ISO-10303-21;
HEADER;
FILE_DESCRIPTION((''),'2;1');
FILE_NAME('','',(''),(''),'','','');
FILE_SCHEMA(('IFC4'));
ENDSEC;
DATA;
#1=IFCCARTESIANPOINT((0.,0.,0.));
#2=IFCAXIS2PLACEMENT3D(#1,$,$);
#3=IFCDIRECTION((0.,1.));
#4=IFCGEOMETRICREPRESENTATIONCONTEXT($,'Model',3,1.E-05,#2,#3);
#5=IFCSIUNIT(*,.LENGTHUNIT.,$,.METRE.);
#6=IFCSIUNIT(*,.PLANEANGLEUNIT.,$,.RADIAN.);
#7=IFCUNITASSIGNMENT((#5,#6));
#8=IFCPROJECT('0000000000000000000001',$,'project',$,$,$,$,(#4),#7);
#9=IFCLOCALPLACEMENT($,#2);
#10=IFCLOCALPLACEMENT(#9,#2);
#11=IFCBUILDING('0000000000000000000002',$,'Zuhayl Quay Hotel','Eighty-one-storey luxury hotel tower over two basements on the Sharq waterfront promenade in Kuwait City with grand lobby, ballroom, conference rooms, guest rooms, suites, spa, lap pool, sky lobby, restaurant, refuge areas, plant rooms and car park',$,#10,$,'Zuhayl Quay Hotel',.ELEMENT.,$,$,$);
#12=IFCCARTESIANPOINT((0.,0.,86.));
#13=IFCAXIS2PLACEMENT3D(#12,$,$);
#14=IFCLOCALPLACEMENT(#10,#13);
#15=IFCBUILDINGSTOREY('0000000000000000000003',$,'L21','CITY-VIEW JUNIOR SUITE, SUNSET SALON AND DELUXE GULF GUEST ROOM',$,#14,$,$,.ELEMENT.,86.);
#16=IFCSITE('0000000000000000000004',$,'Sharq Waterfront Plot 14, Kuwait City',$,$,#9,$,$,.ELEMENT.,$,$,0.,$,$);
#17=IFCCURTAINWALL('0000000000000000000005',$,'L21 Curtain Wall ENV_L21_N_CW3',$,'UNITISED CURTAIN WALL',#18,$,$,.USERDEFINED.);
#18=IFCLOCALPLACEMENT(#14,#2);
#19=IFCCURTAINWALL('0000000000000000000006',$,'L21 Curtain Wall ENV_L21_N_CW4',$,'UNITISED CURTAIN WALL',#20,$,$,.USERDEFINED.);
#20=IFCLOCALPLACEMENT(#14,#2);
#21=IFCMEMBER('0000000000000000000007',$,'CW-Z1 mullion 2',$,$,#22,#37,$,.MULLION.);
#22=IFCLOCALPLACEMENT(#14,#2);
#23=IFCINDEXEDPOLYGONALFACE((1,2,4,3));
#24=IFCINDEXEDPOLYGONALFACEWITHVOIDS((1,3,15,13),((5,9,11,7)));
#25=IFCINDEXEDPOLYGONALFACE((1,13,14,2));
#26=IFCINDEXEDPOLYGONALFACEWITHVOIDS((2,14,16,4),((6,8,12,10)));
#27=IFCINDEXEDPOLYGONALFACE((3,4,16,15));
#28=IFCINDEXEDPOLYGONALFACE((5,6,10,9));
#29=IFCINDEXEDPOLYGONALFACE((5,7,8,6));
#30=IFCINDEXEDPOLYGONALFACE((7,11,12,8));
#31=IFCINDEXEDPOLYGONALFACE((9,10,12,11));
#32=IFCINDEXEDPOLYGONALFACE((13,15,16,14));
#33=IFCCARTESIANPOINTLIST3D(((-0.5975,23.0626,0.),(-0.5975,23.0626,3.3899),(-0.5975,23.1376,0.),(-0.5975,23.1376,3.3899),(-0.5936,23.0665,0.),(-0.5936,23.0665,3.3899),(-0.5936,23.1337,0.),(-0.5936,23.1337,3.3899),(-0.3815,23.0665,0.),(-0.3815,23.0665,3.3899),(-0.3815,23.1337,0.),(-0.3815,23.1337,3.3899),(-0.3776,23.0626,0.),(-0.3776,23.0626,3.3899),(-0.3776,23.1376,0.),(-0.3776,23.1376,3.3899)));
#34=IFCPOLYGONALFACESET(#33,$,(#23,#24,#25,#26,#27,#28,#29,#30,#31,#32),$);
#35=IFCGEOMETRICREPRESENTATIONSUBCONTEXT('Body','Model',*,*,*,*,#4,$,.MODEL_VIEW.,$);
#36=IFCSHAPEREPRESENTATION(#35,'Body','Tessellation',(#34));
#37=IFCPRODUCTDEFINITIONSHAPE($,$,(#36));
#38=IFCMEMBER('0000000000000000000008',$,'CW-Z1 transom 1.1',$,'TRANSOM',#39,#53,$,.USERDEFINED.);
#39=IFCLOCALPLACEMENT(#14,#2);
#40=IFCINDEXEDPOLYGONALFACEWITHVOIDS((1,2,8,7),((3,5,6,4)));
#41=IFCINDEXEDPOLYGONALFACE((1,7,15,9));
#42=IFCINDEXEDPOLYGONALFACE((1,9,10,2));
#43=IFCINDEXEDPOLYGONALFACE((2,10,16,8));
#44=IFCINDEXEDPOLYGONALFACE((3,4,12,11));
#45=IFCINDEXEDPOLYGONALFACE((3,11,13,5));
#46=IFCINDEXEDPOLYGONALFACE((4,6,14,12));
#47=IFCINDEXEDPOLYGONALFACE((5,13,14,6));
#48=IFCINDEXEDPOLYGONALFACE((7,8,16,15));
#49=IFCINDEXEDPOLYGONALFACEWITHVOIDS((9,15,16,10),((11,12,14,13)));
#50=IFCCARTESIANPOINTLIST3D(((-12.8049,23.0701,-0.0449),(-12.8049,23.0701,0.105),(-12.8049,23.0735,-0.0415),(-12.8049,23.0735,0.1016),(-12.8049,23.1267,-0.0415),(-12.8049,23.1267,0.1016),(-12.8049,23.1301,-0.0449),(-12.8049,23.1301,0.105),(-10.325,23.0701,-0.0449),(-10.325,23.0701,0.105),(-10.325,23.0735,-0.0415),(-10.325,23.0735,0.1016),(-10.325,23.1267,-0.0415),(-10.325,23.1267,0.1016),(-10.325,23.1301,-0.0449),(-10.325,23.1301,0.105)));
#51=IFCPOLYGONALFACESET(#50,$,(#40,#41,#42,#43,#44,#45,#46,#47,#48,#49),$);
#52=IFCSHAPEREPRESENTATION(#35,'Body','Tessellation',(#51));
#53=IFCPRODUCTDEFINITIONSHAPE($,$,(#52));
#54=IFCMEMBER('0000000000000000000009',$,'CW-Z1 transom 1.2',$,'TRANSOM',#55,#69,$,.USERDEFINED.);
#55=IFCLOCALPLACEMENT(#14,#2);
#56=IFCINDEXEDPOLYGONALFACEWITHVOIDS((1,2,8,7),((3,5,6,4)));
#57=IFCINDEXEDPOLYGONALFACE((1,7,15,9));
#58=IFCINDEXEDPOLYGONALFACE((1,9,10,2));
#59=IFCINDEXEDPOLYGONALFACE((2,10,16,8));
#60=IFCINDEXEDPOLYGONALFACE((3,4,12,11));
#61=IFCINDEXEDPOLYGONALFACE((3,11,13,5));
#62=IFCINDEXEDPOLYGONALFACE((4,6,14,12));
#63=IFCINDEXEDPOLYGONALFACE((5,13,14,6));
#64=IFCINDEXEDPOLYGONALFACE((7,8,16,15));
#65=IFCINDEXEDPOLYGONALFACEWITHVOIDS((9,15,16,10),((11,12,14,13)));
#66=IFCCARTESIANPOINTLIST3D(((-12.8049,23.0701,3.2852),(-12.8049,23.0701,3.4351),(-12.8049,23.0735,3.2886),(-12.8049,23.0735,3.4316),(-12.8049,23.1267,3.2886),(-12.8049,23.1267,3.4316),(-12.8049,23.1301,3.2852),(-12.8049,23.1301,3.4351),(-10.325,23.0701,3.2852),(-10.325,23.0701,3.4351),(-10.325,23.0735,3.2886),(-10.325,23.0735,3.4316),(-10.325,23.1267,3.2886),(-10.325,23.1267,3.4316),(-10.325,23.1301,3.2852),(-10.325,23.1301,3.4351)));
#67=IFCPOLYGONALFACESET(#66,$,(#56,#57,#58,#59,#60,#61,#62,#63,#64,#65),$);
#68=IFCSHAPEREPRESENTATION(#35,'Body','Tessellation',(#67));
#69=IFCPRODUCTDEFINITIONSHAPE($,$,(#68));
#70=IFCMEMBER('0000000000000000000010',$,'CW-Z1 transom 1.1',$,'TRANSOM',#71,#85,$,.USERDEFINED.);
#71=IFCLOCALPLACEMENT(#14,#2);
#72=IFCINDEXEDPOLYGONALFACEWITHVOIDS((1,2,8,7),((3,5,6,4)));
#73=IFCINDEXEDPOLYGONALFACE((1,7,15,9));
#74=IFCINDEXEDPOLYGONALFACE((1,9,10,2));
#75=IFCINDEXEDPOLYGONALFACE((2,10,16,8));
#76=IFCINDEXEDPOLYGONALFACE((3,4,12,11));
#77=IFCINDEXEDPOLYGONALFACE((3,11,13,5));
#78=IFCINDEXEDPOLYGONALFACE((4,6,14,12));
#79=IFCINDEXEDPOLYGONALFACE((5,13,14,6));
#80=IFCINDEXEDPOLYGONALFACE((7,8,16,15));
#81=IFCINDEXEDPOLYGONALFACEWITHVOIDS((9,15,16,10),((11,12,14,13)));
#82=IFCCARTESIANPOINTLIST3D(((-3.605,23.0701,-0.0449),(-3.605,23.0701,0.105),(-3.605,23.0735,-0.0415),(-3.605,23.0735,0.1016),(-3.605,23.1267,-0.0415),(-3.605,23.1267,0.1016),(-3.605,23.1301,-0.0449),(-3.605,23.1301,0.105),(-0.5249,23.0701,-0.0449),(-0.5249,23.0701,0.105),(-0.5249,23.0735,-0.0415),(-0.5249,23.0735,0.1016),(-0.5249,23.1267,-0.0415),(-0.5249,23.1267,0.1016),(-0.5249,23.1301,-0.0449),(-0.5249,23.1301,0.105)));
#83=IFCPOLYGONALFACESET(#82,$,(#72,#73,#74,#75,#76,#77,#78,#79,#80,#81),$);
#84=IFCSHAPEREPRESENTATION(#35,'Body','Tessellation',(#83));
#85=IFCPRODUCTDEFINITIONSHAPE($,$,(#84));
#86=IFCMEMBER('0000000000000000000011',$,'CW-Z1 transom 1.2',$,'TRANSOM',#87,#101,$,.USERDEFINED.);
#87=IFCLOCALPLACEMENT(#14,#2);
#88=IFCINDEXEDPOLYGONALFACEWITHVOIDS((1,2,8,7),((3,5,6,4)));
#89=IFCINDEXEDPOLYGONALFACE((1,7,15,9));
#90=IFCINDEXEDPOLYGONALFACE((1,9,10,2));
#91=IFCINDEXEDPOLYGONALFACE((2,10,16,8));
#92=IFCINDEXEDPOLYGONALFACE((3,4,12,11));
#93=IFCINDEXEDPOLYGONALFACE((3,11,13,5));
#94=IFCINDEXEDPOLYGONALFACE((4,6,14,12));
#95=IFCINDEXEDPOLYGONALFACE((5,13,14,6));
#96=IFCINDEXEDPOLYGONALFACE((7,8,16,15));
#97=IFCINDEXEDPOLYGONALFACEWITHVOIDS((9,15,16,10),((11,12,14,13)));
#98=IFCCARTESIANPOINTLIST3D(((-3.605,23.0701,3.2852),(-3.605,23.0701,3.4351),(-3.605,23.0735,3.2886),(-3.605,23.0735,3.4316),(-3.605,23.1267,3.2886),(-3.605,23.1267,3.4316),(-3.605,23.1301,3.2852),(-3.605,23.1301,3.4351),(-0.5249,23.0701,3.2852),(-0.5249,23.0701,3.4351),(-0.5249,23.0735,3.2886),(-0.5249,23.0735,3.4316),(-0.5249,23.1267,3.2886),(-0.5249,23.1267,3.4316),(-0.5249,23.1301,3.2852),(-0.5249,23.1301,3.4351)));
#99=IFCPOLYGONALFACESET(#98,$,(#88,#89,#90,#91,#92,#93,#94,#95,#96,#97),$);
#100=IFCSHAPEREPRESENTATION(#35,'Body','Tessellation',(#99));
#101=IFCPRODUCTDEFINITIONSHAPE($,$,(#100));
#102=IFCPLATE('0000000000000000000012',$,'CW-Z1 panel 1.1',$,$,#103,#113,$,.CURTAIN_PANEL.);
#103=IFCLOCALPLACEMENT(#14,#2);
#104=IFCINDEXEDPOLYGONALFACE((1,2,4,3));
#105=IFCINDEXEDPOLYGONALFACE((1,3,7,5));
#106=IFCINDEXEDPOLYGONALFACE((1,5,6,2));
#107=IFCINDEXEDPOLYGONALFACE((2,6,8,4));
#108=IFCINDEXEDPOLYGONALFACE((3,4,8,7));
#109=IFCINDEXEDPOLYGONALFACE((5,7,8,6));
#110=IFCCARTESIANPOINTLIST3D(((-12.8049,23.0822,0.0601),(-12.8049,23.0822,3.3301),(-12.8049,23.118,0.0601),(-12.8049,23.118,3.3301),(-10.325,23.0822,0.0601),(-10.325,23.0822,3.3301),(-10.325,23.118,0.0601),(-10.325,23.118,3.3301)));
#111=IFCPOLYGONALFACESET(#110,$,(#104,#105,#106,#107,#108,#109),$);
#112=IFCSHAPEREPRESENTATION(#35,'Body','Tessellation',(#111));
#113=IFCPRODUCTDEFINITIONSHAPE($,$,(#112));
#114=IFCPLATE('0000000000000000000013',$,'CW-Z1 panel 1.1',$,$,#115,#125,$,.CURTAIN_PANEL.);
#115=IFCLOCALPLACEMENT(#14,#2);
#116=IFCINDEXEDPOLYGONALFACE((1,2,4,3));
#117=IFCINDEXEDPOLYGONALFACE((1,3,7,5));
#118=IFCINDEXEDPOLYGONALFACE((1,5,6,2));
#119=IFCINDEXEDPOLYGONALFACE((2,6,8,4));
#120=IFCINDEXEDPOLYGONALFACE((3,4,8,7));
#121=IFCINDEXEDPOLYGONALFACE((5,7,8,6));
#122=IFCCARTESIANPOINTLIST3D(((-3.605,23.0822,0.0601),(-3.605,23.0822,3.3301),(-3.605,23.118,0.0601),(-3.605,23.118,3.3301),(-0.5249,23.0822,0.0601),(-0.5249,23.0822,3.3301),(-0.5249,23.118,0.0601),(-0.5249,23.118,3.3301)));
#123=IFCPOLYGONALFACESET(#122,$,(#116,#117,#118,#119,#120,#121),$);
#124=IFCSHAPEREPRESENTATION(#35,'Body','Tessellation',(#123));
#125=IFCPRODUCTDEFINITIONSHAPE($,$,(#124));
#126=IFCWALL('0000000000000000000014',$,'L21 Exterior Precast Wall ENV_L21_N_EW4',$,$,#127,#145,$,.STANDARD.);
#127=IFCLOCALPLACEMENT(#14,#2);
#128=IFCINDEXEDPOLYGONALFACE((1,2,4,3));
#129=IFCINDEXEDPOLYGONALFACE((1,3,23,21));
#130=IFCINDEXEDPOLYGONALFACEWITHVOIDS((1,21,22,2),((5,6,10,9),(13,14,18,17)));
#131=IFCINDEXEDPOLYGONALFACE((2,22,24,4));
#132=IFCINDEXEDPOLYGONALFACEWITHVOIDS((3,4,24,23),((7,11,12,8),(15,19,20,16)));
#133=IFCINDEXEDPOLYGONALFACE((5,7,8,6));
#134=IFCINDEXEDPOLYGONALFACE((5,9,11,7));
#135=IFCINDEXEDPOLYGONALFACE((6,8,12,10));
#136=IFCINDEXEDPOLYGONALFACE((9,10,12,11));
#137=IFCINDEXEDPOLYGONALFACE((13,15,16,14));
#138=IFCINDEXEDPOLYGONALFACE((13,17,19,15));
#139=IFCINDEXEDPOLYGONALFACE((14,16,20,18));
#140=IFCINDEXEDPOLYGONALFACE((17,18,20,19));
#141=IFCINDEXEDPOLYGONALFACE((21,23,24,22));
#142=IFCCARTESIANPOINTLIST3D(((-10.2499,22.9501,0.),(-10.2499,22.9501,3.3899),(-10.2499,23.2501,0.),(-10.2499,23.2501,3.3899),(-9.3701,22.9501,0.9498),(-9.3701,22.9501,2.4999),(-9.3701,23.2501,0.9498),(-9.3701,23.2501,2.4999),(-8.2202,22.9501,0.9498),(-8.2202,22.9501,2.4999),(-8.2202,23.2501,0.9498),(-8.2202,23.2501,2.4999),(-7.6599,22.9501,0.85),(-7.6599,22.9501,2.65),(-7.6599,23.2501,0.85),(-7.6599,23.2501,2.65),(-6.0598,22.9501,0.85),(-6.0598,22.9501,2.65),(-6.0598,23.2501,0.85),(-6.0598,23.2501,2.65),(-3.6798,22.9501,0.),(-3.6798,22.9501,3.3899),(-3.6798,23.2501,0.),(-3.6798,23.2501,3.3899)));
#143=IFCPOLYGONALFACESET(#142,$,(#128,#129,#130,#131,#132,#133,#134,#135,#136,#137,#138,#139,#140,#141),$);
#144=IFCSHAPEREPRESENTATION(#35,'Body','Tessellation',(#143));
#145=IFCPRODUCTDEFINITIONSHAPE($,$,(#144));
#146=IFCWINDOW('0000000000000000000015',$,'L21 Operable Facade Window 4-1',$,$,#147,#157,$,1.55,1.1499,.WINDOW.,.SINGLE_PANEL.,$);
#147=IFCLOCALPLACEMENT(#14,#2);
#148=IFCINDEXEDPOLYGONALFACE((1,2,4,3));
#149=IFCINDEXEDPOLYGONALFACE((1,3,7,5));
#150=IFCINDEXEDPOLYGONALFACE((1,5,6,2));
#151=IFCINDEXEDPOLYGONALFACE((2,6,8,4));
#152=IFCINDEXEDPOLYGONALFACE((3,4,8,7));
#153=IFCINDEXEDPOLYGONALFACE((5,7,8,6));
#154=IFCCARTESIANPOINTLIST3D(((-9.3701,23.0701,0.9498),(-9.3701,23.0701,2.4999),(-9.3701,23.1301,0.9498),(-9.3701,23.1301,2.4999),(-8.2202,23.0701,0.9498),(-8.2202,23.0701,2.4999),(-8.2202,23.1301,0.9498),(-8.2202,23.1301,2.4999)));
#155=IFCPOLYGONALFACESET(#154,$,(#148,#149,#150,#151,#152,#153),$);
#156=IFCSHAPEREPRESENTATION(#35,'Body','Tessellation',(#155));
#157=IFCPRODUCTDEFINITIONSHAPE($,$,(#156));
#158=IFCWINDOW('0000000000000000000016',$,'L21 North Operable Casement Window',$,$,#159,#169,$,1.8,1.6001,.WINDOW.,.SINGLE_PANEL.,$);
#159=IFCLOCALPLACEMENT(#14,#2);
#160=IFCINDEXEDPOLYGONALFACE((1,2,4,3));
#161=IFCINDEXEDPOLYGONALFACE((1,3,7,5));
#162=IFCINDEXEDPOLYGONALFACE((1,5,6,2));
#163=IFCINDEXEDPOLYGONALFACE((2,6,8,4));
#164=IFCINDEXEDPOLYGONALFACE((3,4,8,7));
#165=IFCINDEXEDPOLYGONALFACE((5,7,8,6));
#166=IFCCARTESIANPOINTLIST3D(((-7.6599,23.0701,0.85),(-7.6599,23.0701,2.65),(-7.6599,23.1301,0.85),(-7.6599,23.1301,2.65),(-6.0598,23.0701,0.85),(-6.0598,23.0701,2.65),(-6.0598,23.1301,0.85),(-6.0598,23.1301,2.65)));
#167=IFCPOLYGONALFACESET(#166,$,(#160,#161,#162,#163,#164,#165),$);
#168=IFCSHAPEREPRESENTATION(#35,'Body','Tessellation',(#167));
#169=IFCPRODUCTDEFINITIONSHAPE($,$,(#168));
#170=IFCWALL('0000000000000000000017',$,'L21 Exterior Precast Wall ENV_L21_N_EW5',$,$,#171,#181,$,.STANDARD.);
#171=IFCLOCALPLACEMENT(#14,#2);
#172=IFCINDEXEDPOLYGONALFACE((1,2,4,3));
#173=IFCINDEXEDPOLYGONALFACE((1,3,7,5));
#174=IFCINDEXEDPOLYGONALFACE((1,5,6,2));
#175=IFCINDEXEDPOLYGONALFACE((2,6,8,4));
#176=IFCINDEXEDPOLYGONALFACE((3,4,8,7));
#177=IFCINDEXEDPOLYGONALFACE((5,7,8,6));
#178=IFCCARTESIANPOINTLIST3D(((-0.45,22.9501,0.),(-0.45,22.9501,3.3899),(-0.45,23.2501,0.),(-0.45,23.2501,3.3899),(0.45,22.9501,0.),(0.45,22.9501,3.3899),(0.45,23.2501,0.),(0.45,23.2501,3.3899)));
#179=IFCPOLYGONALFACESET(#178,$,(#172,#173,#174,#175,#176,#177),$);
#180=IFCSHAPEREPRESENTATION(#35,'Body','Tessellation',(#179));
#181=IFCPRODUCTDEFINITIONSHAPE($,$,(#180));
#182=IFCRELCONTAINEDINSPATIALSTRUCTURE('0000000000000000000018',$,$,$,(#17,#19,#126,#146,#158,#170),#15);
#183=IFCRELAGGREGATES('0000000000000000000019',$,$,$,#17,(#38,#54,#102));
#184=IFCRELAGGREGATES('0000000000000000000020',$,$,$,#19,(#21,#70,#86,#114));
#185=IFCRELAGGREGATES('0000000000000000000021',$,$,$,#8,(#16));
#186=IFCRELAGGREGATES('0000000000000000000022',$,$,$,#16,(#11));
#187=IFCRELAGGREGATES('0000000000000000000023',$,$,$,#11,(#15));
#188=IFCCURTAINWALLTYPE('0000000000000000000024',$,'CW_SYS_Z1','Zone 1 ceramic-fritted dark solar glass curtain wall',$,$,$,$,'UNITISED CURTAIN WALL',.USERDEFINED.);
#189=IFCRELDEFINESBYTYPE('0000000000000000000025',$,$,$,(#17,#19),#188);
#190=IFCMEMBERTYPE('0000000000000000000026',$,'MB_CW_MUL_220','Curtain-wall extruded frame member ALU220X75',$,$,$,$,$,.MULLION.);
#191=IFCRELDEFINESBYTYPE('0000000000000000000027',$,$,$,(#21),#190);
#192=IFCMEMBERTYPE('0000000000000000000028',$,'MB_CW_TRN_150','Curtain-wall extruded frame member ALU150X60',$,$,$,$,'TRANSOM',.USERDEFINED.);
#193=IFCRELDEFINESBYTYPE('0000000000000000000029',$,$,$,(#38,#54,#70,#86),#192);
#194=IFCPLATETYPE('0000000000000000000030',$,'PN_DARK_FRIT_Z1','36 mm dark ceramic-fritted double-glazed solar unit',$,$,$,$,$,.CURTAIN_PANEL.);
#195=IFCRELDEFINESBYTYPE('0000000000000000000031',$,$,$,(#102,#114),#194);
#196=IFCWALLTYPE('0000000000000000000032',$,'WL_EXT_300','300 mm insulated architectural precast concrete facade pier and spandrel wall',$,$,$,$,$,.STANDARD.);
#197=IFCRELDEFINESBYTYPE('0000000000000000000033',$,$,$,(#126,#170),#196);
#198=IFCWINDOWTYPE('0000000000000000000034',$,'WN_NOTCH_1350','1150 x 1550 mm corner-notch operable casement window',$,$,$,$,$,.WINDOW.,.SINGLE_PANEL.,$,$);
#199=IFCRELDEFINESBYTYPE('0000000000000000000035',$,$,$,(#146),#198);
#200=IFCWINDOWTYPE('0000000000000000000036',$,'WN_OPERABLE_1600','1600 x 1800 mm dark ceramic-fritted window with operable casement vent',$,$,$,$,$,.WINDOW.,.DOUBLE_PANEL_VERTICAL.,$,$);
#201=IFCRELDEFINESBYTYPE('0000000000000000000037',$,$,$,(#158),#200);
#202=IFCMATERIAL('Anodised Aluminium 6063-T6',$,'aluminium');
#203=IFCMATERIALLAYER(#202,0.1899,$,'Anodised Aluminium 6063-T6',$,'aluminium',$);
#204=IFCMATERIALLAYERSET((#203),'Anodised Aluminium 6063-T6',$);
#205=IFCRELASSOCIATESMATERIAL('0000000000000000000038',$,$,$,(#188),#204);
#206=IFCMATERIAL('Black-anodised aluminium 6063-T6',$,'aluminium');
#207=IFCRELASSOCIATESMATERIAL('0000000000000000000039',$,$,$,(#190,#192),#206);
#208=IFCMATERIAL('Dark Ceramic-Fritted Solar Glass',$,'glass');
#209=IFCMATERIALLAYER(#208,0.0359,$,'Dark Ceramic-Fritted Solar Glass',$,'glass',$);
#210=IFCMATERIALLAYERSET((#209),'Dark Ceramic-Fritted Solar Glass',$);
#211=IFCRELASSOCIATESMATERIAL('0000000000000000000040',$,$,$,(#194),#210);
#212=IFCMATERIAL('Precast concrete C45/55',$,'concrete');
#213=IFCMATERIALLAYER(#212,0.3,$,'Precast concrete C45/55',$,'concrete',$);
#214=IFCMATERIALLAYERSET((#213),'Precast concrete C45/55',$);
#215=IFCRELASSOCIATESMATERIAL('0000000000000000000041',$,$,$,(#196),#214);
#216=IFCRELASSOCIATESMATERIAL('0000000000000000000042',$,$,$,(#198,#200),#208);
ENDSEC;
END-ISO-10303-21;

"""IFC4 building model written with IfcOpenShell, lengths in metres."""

from ifc_helpers import new_model, si_unit, direction, frame, frame_2d, origin, origin_2d, place, context, subcontext, project, spatial, rectangle, hollow_rectangle, extrude, material, layer, layer_set, material_profile, profile_set, type_object, element, fill, aggregate, save


model = new_model("IFC4")

# Units and contexts
model_context = context("Model", 3, precision=1e-05, world=origin(), true_north=direction((0.0, 1.0)))
body_context = subcontext(model_context, "Body", "Model", "MODEL_VIEW")
ifc_project = project(units=[si_unit("LENGTHUNIT", "METRE"), si_unit("PLANEANGLEUNIT", "RADIAN")], contexts=[model_context])

# Site, building, storey
site_placement = place(None, origin())
site = spatial("IfcSite", under=ifc_project, at=site_placement, Name="Sharq Waterfront Plot 14, Kuwait City", CompositionType="ELEMENT", RefElevation=0.0)
building_placement = place(site_placement, origin())
building = spatial("IfcBuilding", under=site, at=building_placement, Name="Zuhayl Quay Hotel", Description="Eighty-one-storey luxury hotel tower over two basements on the Sharq waterfront promenade in Kuwait City with grand lobby, ballroom, conference rooms, guest rooms, suites, spa, lap pool, sky lobby, restaurant, refuge areas, plant rooms and car park", LongName="Zuhayl Quay Hotel", CompositionType="ELEMENT")
storey_placement = place(building_placement, frame((0.0, 0.0, 86.0)))
storey = spatial("IfcBuildingStorey", under=building, at=storey_placement, Name="L21", Description="CITY-VIEW JUNIOR SUITE, SUNSET SALON AND DELUXE GULF GUEST ROOM", CompositionType="ELEMENT", Elevation=86.0)

# Curtain walls, member
ifc_material_1 = material(Name="Anodised Aluminium 6063-T6", Category="aluminium")
ifc_layer_1 = layer(ifc_material_1, 0.1899, Name="Anodised Aluminium 6063-T6", Category="aluminium")
ifc_layer_set_1 = layer_set([ifc_layer_1], Name="Anodised Aluminium 6063-T6")
curtain_wall_type = type_object("IfcCurtainWallType", Name="CW_SYS_Z1", Description="Zone 1 ceramic-fritted dark solar glass curtain wall", ElementType="UNITISED CURTAIN WALL", PredefinedType="USERDEFINED", material=ifc_layer_set_1)
curtain_wall_1_placement = place(storey_placement, origin())
curtain_wall_1 = element("IfcCurtainWall", 1, at=curtain_wall_1_placement, inside=storey, type_object=curtain_wall_type, Name="L21 Curtain Wall ENV_L21_N_CW3", ObjectType="UNITISED CURTAIN WALL", PredefinedType="USERDEFINED")
ifc_material_2 = material(Name="Black-anodised aluminium 6063-T6", Category="aluminium")
ifc_material_profile_1 = material_profile(ifc_material_2, hollow_rectangle(XDim=0.075, YDim=0.22, WallThickness=0.0039, at=origin_2d()), Name="ALU220X75")
ifc_profile_set_1 = profile_set([ifc_material_profile_1], Name="Black-anodised aluminium 6063-T6")
member_type_1 = type_object("IfcMemberType", Name="MB_CW_MUL_220", Description="Curtain-wall extruded frame member ALU220X75", PredefinedType="MULLION", material=ifc_profile_set_1)
curtain_wall_2_placement = place(storey_placement, origin())
curtain_wall_2 = element("IfcCurtainWall", 2, at=curtain_wall_2_placement, inside=storey, type_object=curtain_wall_type, Name="L21 Curtain Wall ENV_L21_N_CW4", ObjectType="UNITISED CURTAIN WALL", PredefinedType="USERDEFINED")
member_1_placement = place(storey_placement, frame((-0.4875, 23.1001, 0.0), z_axis=(0.0, 0.0, 1.0), x_axis=(0.0, 1.0, 0.0)))
member_1 = element("IfcMember", 3, at=member_1_placement, type_object=member_type_1, Name="CW-Z1 mullion 2", PredefinedType="MULLION", context=body_context, shape_type="SweptSolid", body=[
    extrude(hollow_rectangle(XDim=0.075, YDim=0.22, WallThickness=0.0039, at=origin_2d()), origin(), (0.0, 0.0, 1.0), 3.3899),
])

# Members
ifc_material_profile_2 = material_profile(ifc_material_2, hollow_rectangle(XDim=0.0601, YDim=0.1499, WallThickness=0.0034, at=origin_2d()), Name="ALU150X60")
ifc_profile_set_2 = profile_set([ifc_material_profile_2], Name="Black-anodised aluminium 6063-T6")
member_type_2 = type_object("IfcMemberType", Name="MB_CW_TRN_150", Description="Curtain-wall extruded frame member ALU150X60", ElementType="TRANSOM", PredefinedType="USERDEFINED", material=ifc_profile_set_2)
member_2_placement = place(storey_placement, frame((-12.8049, 23.1001, 0.03), z_axis=(1.0, 0.0, 0.0), x_axis=(0.0, 1.0, 0.0)))
member_2 = element("IfcMember", 4, at=member_2_placement, type_object=member_type_2, Name="CW-Z1 transom 1.1", ObjectType="TRANSOM", PredefinedType="USERDEFINED", context=body_context, shape_type="SweptSolid", body=[
    extrude(hollow_rectangle(XDim=0.0601, YDim=0.1499, WallThickness=0.0034, at=origin_2d()), origin(), (0.0, 0.0, 1.0), 2.48),
])
member_3_placement = place(storey_placement, frame((-12.8049, 23.1001, 3.3601), z_axis=(1.0, 0.0, 0.0), x_axis=(0.0, 1.0, 0.0)))
member_3 = element("IfcMember", 5, at=member_3_placement, type_object=member_type_2, Name="CW-Z1 transom 1.2", ObjectType="TRANSOM", PredefinedType="USERDEFINED", context=body_context, shape_type="SweptSolid", body=[
    extrude(hollow_rectangle(XDim=0.0601, YDim=0.1499, WallThickness=0.0034, at=origin_2d()), origin(), (0.0, 0.0, 1.0), 2.48),
])
member_4_placement = place(storey_placement, frame((-3.605, 23.1001, 0.03), z_axis=(1.0, 0.0, 0.0), x_axis=(0.0, 1.0, 0.0)))
member_4 = element("IfcMember", 6, at=member_4_placement, type_object=member_type_2, Name="CW-Z1 transom 1.1", ObjectType="TRANSOM", PredefinedType="USERDEFINED", context=body_context, shape_type="SweptSolid", body=[
    extrude(hollow_rectangle(XDim=0.0601, YDim=0.1499, WallThickness=0.0034, at=origin_2d()), origin(), (0.0, 0.0, 1.0), 3.0801),
])
member_5_placement = place(storey_placement, frame((-3.605, 23.1001, 3.3601), z_axis=(1.0, 0.0, 0.0), x_axis=(0.0, 1.0, 0.0)))
member_5 = element("IfcMember", 7, at=member_5_placement, type_object=member_type_2, Name="CW-Z1 transom 1.2", ObjectType="TRANSOM", PredefinedType="USERDEFINED", context=body_context, shape_type="SweptSolid", body=[
    extrude(hollow_rectangle(XDim=0.0601, YDim=0.1499, WallThickness=0.0034, at=origin_2d()), origin(), (0.0, 0.0, 1.0), 3.0801),
])

# Plates
ifc_material_3 = material(Name="Dark Ceramic-Fritted Solar Glass", Category="glass")
ifc_layer_2 = layer(ifc_material_3, 0.0359, Name="Dark Ceramic-Fritted Solar Glass", Category="glass")
ifc_layer_set_2 = layer_set([ifc_layer_2], Name="Dark Ceramic-Fritted Solar Glass")
plate_type = type_object("IfcPlateType", Name="PN_DARK_FRIT_Z1", Description="36 mm dark ceramic-fritted double-glazed solar unit", PredefinedType="CURTAIN_PANEL", material=ifc_layer_set_2)
plate_1_placement = place(storey_placement, frame((-11.5649, 23.1001, 0.0601), z_axis=(0.0, 0.0, 1.0), x_axis=(1.0, 0.0, 0.0)))
plate_1 = element("IfcPlate", 8, at=plate_1_placement, type_object=plate_type, Name="CW-Z1 panel 1.1", PredefinedType="CURTAIN_PANEL", context=body_context, shape_type="SweptSolid", body=[
    extrude(rectangle(XDim=2.48, YDim=0.0359, at=origin_2d()), origin(), (0.0, 0.0, 1.0), 3.27),
])
aggregate(curtain_wall_1, [member_2, member_3, plate_1])
plate_2_placement = place(storey_placement, frame((-2.0649, 23.1001, 0.0601), z_axis=(0.0, 0.0, 1.0), x_axis=(1.0, 0.0, 0.0)))
plate_2 = element("IfcPlate", 9, at=plate_2_placement, type_object=plate_type, Name="CW-Z1 panel 1.1", PredefinedType="CURTAIN_PANEL", context=body_context, shape_type="SweptSolid", body=[
    extrude(rectangle(XDim=3.0801, YDim=0.0359, at=origin_2d()), origin(), (0.0, 0.0, 1.0), 3.27),
])
aggregate(curtain_wall_2, [member_1, member_4, member_5, plate_2])

# Wall, openings, windows
ifc_material_4 = material(Name="Precast concrete C45/55", Category="concrete")
ifc_layer_3 = layer(ifc_material_4, 0.3, Name="Precast concrete C45/55", Category="concrete")
ifc_layer_set_3 = layer_set([ifc_layer_3], Name="Precast concrete C45/55")
wall_type_1 = type_object("IfcWallType", Name="WL_EXT_300", Description="300 mm insulated architectural precast concrete facade pier and spandrel wall", PredefinedType="STANDARD", material=ifc_layer_set_3)
wall_1_placement = place(storey_placement, frame((-10.25, 23.1001, 0.0), z_axis=(0.0, 0.0, 1.0), x_axis=(1.0, 0.0, 0.0)))
wall_1 = element("IfcWall", 10, at=wall_1_placement, inside=storey, type_object=wall_type_1, Name="L21 Exterior Precast Wall ENV_L21_N_EW4", PredefinedType="STANDARD", context=body_context, shape_type="SweptSolid", body=[
    extrude(rectangle(XDim=6.5701, YDim=0.3, at=frame_2d((3.2852, 0.0))), origin(), (0.0, 0.0, 1.0), 3.3899),
])
opening_1_placement = place(wall_1_placement, frame((2.5901, 0.0, 0.8501)))
opening_1 = element("IfcOpeningElement", 11, at=opening_1_placement, cuts=wall_1, PredefinedType="OPENING", context=body_context, shape_type="SweptSolid", body=[
    extrude(rectangle(XDim=1.6001, YDim=1.8, at=frame_2d((0.8, 0.8999))), frame((0.0, 0.1599, 0.0), z_axis=(0.0, -1.0, 0.0), x_axis=(1.0, 0.0, 0.0)), (0.0, 0.0, 1.0), 0.3201),
])
opening_2_placement = place(wall_1_placement, frame((0.8799, 0.0, 0.95)))
opening_2 = element("IfcOpeningElement", 12, at=opening_2_placement, cuts=wall_1, PredefinedType="OPENING", context=body_context, shape_type="SweptSolid", body=[
    extrude(rectangle(XDim=1.1499, YDim=1.55, at=frame_2d((0.575, 0.7749))), frame((0.0, 0.1599, 0.0), z_axis=(0.0, -1.0, 0.0), x_axis=(1.0, 0.0, 0.0)), (0.0, 0.0, 1.0), 0.3201),
])
window_type_1 = type_object("IfcWindowType", Name="WN_NOTCH_1350", Description="1150 x 1550 mm corner-notch operable casement window", PartitioningType="SINGLE_PANEL", PredefinedType="WINDOW", material=ifc_material_3)
window_1_placement = place(opening_2_placement, origin())
window_1 = element("IfcWindow", 13, at=window_1_placement, inside=storey, type_object=window_type_1, Name="L21 Operable Facade Window 4-1", OverallHeight=1.55, OverallWidth=1.1499, PartitioningType="SINGLE_PANEL", PredefinedType="WINDOW", context=body_context, shape_type="SweptSolid", body=[
    extrude(rectangle(XDim=1.1499, YDim=1.55, at=frame_2d((0.575, 0.7749))), frame((0.0, 0.03, 0.0), z_axis=(0.0, -1.0, 0.0), x_axis=(1.0, 0.0, 0.0)), (0.0, 0.0, 1.0), 0.0601),
])
fill(opening_2, window_1)
window_type_2 = type_object("IfcWindowType", Name="WN_OPERABLE_1600", Description="1600 x 1800 mm dark ceramic-fritted window with operable casement vent", PartitioningType="DOUBLE_PANEL_VERTICAL", PredefinedType="WINDOW", material=ifc_material_3)
window_2_placement = place(opening_1_placement, origin())
window_2 = element("IfcWindow", 14, at=window_2_placement, inside=storey, type_object=window_type_2, Name="L21 North Operable Casement Window", OverallHeight=1.8, OverallWidth=1.6001, PartitioningType="SINGLE_PANEL", PredefinedType="WINDOW", context=body_context, shape_type="SweptSolid", body=[
    extrude(rectangle(XDim=1.6001, YDim=1.8, at=frame_2d((0.8, 0.8999))), frame((0.0, 0.03, 0.0), z_axis=(0.0, -1.0, 0.0), x_axis=(1.0, 0.0, 0.0)), (0.0, 0.0, 1.0), 0.0601),
])
fill(opening_1, window_2)

# Wall
wall_2_placement = place(storey_placement, frame((-0.45, 23.1001, 0.0), z_axis=(0.0, 0.0, 1.0), x_axis=(1.0, 0.0, 0.0)))
element("IfcWall", 15, at=wall_2_placement, inside=storey, type_object=wall_type_1, Name="L21 Exterior Precast Wall ENV_L21_N_EW5", PredefinedType="STANDARD", context=body_context, shape_type="SweptSolid", body=[
    extrude(rectangle(XDim=0.8999, YDim=0.3, at=frame_2d((0.45, 0.0))), origin(), (0.0, 0.0, 1.0), 3.3899),
])

save(model, "model.ifc")
